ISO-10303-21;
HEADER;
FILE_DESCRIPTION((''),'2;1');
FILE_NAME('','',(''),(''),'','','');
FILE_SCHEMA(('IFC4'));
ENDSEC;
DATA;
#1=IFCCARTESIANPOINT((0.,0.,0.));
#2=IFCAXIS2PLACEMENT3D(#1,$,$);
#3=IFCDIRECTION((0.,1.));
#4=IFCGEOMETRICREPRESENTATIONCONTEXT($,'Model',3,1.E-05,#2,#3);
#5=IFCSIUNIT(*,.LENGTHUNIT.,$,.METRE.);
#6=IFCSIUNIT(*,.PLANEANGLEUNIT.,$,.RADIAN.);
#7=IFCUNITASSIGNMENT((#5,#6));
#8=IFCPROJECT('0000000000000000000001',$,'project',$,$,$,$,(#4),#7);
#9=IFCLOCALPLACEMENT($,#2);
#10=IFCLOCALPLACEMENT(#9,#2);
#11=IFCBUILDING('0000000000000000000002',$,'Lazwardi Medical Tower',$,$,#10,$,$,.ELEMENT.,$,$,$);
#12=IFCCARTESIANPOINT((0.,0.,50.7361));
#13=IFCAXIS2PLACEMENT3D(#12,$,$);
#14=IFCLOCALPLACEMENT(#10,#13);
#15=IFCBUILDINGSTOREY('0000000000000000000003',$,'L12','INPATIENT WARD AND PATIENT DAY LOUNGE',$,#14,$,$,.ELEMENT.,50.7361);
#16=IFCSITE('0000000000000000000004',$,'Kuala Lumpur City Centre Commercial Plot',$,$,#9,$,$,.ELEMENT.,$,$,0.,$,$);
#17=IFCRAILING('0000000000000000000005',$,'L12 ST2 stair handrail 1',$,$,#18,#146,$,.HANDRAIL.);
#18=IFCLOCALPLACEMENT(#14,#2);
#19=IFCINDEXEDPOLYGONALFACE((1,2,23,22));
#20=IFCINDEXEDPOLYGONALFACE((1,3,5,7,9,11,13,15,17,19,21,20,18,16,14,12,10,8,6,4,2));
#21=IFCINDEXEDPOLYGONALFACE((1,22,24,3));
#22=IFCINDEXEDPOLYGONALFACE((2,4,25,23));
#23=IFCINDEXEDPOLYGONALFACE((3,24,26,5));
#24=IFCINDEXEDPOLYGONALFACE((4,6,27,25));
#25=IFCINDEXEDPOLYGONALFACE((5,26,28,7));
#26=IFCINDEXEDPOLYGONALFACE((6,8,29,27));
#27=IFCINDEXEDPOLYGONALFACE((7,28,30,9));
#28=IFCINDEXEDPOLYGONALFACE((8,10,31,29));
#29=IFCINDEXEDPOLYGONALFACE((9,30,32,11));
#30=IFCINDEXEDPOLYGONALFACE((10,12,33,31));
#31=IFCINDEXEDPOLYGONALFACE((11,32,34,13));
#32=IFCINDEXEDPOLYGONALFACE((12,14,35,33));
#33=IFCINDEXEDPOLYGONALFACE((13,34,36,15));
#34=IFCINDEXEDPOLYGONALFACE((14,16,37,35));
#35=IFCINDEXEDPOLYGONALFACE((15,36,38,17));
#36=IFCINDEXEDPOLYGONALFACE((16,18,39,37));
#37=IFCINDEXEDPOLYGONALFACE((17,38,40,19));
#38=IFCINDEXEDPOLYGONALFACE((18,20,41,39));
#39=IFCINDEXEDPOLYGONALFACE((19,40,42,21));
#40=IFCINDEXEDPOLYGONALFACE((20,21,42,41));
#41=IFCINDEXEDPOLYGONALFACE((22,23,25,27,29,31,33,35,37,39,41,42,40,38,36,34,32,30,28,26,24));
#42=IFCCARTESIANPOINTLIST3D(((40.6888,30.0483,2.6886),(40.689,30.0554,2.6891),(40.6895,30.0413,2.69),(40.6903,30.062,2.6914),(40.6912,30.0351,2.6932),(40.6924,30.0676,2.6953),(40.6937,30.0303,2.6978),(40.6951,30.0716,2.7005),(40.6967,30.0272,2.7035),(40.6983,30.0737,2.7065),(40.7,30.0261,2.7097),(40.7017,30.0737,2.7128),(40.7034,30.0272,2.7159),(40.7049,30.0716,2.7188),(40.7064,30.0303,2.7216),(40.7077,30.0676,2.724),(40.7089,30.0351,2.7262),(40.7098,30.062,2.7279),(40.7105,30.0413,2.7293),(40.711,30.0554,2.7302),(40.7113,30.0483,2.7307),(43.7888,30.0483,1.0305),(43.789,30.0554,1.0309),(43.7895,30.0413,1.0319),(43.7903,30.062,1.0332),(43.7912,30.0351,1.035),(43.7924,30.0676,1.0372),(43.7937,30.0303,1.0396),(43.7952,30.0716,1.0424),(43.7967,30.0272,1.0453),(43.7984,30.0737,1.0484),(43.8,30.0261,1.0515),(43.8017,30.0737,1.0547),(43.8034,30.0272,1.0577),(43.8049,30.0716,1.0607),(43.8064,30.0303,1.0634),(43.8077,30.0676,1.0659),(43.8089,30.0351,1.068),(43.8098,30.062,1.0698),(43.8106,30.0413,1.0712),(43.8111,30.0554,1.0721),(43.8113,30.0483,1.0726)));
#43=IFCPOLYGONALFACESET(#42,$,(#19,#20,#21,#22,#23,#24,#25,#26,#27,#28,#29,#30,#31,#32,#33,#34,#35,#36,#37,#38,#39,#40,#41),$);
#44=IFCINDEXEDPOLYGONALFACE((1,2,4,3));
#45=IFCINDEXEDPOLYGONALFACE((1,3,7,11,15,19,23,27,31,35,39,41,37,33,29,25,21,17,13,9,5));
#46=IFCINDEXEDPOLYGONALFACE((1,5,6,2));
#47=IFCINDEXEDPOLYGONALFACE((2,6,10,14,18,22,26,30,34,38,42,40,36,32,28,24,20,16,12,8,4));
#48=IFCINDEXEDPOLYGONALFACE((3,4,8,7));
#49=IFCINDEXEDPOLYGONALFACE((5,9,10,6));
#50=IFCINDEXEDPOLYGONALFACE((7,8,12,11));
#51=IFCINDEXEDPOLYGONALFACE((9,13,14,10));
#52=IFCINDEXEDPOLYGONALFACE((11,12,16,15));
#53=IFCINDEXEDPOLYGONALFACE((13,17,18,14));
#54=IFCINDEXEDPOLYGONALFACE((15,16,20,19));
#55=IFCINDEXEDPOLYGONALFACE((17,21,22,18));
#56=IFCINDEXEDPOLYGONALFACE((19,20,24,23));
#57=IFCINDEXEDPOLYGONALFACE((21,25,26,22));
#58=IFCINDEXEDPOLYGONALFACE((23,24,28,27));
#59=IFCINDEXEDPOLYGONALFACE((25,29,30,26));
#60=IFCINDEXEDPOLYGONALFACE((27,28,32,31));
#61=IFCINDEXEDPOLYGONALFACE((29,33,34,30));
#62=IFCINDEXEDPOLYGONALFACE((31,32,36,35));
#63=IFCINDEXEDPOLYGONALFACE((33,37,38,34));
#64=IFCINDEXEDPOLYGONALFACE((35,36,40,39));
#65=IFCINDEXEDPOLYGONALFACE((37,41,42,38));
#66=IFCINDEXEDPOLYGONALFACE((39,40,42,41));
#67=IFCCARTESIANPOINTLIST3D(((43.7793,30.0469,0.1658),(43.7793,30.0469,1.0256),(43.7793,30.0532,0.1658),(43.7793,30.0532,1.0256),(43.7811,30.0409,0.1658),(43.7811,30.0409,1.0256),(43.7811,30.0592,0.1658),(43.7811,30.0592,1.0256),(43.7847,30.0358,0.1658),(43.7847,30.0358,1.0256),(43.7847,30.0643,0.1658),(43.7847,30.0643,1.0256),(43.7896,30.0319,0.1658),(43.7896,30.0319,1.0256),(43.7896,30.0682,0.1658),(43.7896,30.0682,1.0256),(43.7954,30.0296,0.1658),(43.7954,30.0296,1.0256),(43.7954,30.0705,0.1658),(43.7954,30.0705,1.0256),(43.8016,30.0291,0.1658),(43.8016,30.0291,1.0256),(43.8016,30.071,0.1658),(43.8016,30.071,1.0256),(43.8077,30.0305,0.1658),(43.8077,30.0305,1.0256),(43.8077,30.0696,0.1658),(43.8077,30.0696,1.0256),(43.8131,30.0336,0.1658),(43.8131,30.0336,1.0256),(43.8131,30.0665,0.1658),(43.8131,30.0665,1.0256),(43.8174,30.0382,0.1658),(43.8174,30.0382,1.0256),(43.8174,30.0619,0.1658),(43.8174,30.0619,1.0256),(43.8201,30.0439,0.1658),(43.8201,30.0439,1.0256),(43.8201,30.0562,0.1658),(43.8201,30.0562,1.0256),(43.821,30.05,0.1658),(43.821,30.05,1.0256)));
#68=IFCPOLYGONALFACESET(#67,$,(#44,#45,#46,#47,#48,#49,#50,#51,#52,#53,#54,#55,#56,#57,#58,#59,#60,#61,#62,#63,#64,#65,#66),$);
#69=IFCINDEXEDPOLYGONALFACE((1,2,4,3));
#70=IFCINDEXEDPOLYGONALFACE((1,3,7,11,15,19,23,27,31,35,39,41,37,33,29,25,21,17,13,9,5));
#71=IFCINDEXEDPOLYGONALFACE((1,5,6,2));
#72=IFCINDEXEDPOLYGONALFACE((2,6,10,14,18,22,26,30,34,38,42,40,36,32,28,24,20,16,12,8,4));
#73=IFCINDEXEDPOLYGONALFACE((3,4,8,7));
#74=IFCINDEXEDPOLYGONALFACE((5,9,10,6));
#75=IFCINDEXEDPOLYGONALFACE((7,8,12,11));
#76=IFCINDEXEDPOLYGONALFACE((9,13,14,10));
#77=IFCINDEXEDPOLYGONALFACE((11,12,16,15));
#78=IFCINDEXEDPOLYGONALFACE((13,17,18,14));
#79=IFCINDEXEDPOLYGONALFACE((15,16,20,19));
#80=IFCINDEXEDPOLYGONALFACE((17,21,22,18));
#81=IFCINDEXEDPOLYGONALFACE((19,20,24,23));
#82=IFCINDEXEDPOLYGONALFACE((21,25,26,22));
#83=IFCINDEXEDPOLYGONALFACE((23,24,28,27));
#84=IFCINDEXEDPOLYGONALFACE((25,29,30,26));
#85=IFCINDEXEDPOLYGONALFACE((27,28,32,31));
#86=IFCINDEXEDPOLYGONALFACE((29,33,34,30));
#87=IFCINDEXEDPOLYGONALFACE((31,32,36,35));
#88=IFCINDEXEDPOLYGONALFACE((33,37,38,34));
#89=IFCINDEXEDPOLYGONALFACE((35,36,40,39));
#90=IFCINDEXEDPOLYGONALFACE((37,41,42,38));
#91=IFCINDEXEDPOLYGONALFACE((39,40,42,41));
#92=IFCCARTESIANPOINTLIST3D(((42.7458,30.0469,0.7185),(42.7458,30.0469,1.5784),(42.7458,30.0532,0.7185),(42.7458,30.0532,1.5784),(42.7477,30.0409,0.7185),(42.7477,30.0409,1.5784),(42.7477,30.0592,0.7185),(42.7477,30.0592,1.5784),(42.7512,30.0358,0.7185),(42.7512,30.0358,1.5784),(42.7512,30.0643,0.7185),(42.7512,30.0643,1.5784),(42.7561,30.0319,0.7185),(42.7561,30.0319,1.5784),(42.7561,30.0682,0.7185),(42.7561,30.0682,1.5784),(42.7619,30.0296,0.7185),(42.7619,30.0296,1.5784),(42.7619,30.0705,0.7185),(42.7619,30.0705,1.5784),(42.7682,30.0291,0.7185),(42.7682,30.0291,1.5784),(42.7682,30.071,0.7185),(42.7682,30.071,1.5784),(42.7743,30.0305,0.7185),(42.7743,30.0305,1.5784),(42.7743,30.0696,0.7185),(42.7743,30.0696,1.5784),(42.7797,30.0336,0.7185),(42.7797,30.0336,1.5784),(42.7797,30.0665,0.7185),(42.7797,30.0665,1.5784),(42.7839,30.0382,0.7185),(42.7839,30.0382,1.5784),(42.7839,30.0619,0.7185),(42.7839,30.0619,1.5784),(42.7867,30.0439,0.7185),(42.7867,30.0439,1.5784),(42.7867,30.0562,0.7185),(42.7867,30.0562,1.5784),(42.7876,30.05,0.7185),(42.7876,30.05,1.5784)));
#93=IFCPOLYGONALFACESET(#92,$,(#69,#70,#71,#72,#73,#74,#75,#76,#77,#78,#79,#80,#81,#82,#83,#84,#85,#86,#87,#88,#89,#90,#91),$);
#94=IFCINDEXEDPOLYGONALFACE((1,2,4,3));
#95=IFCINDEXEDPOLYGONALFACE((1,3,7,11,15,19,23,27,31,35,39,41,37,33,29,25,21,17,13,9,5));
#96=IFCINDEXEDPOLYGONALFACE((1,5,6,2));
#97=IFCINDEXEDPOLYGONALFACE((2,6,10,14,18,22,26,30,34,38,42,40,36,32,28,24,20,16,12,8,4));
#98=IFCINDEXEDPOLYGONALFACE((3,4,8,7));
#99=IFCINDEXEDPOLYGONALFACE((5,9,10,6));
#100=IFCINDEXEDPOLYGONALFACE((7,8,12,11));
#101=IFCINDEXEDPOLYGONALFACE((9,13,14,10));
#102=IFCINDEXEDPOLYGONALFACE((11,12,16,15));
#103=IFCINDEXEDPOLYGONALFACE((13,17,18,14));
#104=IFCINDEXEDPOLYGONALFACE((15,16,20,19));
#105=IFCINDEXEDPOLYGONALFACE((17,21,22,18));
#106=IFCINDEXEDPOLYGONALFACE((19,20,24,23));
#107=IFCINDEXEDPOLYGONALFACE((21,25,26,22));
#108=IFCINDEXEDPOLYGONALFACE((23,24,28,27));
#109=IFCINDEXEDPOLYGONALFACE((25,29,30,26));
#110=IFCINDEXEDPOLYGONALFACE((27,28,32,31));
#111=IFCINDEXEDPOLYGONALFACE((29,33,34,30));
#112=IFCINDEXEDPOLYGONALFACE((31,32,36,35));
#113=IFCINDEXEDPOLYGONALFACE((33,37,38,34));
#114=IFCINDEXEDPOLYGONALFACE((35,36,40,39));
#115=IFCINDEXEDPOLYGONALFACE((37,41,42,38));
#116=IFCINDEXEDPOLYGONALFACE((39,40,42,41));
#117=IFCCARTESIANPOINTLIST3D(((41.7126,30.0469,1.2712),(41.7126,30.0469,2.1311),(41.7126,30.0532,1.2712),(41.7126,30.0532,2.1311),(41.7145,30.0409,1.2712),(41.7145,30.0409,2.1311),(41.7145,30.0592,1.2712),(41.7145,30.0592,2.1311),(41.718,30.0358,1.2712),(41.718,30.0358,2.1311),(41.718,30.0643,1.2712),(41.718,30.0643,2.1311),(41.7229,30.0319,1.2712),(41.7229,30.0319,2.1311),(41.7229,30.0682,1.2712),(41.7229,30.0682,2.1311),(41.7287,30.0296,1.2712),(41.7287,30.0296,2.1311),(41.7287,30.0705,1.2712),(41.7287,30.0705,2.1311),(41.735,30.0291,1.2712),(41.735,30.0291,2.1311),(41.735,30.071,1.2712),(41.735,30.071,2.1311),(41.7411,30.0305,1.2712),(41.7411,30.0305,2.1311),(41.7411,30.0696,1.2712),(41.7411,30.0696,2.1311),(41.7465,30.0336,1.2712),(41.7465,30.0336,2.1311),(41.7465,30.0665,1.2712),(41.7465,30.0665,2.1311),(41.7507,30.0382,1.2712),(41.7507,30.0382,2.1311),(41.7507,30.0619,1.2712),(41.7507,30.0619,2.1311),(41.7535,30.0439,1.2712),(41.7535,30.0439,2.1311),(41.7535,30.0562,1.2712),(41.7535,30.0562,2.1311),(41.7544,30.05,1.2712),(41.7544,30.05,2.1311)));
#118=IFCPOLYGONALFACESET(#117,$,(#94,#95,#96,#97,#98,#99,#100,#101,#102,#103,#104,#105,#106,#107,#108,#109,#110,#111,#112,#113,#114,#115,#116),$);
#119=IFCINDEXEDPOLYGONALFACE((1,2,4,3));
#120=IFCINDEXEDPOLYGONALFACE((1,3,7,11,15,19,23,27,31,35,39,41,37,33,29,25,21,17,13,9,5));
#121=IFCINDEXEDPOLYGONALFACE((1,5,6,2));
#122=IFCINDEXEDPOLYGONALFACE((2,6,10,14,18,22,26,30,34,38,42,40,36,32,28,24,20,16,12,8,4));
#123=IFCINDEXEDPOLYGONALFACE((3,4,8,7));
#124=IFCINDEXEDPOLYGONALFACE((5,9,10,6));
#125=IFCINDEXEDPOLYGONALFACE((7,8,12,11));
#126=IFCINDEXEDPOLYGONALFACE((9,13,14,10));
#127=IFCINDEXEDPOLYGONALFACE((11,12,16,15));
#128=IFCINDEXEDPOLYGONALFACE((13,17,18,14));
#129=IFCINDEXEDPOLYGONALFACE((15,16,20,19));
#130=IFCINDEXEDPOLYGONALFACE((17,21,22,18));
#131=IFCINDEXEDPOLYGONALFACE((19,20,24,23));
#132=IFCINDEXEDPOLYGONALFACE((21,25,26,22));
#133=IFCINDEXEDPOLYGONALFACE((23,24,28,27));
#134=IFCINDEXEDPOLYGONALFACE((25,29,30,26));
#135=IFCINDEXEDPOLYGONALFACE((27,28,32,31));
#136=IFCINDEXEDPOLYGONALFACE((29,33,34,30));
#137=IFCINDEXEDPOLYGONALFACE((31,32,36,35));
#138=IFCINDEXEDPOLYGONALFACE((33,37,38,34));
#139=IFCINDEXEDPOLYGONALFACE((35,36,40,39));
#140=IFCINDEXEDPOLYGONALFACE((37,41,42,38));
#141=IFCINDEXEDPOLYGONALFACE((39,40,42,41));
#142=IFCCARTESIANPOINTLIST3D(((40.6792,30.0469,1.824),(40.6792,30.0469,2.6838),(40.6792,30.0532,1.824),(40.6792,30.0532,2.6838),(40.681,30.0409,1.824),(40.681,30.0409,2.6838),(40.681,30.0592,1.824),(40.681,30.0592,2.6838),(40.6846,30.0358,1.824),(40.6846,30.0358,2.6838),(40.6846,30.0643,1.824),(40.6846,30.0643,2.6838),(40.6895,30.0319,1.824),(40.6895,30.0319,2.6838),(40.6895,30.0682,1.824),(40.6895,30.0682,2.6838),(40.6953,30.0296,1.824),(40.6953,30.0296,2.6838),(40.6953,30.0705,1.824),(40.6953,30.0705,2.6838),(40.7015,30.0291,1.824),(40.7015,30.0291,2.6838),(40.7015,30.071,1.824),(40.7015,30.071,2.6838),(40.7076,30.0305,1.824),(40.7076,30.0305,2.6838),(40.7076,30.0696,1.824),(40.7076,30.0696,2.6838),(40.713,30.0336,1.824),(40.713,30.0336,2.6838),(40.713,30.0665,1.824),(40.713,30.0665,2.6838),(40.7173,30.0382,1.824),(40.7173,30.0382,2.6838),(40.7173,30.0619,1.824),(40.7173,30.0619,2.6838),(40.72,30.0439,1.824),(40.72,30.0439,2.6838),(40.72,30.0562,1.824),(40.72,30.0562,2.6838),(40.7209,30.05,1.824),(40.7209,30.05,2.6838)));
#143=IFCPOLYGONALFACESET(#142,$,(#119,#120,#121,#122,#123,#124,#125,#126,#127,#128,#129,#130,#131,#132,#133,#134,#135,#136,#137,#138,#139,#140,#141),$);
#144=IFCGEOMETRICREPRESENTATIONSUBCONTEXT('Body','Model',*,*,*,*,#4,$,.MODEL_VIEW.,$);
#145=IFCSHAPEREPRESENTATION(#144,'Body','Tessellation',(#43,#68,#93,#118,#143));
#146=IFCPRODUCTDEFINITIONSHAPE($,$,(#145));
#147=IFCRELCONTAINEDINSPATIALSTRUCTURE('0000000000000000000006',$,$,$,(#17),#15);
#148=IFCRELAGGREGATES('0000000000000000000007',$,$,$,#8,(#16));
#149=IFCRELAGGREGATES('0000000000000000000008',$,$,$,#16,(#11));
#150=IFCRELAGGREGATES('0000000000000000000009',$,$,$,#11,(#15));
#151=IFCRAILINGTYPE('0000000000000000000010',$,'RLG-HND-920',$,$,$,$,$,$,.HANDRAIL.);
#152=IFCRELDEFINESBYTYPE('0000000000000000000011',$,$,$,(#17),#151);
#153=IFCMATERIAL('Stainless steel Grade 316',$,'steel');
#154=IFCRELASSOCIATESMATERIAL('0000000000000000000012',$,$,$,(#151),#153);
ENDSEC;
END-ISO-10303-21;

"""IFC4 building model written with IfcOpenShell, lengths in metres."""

from ifc_helpers import new_model, si_unit, direction, frame, origin, origin_2d, place, context, subcontext, project, spatial, circle, extrude, material, type_object, element, save


model = new_model("IFC4")

# Units and contexts
model_context = context("Model", 3, precision=1e-05, world=origin(), true_north=direction((0.0, 1.0)))
body_context = subcontext(model_context, "Body", "Model", "MODEL_VIEW")
ifc_project = project(units=[si_unit("LENGTHUNIT", "METRE"), si_unit("PLANEANGLEUNIT", "RADIAN")], contexts=[model_context])

# Site, building, storey
site_placement = place(None, origin())
site = spatial("IfcSite", under=ifc_project, at=site_placement, Name="Kuala Lumpur City Centre Commercial Plot", CompositionType="ELEMENT", RefElevation=0.0)
building_placement = place(site_placement, origin())
building = spatial("IfcBuilding", under=site, at=building_placement, Name="Lazwardi Medical Tower", CompositionType="ELEMENT")
storey_placement = place(building_placement, frame((0.0, 0.0, 50.7361)))
storey = spatial("IfcBuildingStorey", under=building, at=storey_placement, Name="L12", Description="INPATIENT WARD AND PATIENT DAY LOUNGE", CompositionType="ELEMENT", Elevation=50.7361)

# Railing
ifc_material_1 = material(Name="Stainless steel Grade 316", Category="steel")
railing_type_1 = type_object("IfcRailingType", Name="RLG-HND-920", PredefinedType="HANDRAIL", material=ifc_material_1)
railing_1_placement = place(storey_placement, frame((43.8, 30.05, 0.1658)))
element("IfcRailing", 1, at=railing_1_placement, inside=storey, type_object=railing_type_1, Name="L12 ST2 stair handrail 1", PredefinedType="HANDRAIL", context=body_context, shape_type="SweptSolid", body=[
    extrude(circle(Radius=0.0239, at=origin_2d()), frame((0.0, 0.0, 0.8857), z_axis=(-0.881783, 0.0, 0.471655), x_axis=(0.0, -1.0, 0.0)), (0.0, 0.0, 1.0), 3.5156),
    extrude(circle(Radius=0.021, at=origin_2d()), origin(), (0.0, 0.0, 1.0), 0.8599),
    extrude(circle(Radius=0.021, at=origin_2d()), frame((-1.0334, 0.0, 0.5527)), (0.0, 0.0, 1.0), 0.8599),
    extrude(circle(Radius=0.021, at=origin_2d()), frame((-2.0667, 0.0, 1.1055)), (0.0, 0.0, 1.0), 0.8599),
    extrude(circle(Radius=0.021, at=origin_2d()), frame((-3.1001, 0.0, 1.6582)), (0.0, 0.0, 1.0), 0.8599),
])

save(model, "model.ifc")
